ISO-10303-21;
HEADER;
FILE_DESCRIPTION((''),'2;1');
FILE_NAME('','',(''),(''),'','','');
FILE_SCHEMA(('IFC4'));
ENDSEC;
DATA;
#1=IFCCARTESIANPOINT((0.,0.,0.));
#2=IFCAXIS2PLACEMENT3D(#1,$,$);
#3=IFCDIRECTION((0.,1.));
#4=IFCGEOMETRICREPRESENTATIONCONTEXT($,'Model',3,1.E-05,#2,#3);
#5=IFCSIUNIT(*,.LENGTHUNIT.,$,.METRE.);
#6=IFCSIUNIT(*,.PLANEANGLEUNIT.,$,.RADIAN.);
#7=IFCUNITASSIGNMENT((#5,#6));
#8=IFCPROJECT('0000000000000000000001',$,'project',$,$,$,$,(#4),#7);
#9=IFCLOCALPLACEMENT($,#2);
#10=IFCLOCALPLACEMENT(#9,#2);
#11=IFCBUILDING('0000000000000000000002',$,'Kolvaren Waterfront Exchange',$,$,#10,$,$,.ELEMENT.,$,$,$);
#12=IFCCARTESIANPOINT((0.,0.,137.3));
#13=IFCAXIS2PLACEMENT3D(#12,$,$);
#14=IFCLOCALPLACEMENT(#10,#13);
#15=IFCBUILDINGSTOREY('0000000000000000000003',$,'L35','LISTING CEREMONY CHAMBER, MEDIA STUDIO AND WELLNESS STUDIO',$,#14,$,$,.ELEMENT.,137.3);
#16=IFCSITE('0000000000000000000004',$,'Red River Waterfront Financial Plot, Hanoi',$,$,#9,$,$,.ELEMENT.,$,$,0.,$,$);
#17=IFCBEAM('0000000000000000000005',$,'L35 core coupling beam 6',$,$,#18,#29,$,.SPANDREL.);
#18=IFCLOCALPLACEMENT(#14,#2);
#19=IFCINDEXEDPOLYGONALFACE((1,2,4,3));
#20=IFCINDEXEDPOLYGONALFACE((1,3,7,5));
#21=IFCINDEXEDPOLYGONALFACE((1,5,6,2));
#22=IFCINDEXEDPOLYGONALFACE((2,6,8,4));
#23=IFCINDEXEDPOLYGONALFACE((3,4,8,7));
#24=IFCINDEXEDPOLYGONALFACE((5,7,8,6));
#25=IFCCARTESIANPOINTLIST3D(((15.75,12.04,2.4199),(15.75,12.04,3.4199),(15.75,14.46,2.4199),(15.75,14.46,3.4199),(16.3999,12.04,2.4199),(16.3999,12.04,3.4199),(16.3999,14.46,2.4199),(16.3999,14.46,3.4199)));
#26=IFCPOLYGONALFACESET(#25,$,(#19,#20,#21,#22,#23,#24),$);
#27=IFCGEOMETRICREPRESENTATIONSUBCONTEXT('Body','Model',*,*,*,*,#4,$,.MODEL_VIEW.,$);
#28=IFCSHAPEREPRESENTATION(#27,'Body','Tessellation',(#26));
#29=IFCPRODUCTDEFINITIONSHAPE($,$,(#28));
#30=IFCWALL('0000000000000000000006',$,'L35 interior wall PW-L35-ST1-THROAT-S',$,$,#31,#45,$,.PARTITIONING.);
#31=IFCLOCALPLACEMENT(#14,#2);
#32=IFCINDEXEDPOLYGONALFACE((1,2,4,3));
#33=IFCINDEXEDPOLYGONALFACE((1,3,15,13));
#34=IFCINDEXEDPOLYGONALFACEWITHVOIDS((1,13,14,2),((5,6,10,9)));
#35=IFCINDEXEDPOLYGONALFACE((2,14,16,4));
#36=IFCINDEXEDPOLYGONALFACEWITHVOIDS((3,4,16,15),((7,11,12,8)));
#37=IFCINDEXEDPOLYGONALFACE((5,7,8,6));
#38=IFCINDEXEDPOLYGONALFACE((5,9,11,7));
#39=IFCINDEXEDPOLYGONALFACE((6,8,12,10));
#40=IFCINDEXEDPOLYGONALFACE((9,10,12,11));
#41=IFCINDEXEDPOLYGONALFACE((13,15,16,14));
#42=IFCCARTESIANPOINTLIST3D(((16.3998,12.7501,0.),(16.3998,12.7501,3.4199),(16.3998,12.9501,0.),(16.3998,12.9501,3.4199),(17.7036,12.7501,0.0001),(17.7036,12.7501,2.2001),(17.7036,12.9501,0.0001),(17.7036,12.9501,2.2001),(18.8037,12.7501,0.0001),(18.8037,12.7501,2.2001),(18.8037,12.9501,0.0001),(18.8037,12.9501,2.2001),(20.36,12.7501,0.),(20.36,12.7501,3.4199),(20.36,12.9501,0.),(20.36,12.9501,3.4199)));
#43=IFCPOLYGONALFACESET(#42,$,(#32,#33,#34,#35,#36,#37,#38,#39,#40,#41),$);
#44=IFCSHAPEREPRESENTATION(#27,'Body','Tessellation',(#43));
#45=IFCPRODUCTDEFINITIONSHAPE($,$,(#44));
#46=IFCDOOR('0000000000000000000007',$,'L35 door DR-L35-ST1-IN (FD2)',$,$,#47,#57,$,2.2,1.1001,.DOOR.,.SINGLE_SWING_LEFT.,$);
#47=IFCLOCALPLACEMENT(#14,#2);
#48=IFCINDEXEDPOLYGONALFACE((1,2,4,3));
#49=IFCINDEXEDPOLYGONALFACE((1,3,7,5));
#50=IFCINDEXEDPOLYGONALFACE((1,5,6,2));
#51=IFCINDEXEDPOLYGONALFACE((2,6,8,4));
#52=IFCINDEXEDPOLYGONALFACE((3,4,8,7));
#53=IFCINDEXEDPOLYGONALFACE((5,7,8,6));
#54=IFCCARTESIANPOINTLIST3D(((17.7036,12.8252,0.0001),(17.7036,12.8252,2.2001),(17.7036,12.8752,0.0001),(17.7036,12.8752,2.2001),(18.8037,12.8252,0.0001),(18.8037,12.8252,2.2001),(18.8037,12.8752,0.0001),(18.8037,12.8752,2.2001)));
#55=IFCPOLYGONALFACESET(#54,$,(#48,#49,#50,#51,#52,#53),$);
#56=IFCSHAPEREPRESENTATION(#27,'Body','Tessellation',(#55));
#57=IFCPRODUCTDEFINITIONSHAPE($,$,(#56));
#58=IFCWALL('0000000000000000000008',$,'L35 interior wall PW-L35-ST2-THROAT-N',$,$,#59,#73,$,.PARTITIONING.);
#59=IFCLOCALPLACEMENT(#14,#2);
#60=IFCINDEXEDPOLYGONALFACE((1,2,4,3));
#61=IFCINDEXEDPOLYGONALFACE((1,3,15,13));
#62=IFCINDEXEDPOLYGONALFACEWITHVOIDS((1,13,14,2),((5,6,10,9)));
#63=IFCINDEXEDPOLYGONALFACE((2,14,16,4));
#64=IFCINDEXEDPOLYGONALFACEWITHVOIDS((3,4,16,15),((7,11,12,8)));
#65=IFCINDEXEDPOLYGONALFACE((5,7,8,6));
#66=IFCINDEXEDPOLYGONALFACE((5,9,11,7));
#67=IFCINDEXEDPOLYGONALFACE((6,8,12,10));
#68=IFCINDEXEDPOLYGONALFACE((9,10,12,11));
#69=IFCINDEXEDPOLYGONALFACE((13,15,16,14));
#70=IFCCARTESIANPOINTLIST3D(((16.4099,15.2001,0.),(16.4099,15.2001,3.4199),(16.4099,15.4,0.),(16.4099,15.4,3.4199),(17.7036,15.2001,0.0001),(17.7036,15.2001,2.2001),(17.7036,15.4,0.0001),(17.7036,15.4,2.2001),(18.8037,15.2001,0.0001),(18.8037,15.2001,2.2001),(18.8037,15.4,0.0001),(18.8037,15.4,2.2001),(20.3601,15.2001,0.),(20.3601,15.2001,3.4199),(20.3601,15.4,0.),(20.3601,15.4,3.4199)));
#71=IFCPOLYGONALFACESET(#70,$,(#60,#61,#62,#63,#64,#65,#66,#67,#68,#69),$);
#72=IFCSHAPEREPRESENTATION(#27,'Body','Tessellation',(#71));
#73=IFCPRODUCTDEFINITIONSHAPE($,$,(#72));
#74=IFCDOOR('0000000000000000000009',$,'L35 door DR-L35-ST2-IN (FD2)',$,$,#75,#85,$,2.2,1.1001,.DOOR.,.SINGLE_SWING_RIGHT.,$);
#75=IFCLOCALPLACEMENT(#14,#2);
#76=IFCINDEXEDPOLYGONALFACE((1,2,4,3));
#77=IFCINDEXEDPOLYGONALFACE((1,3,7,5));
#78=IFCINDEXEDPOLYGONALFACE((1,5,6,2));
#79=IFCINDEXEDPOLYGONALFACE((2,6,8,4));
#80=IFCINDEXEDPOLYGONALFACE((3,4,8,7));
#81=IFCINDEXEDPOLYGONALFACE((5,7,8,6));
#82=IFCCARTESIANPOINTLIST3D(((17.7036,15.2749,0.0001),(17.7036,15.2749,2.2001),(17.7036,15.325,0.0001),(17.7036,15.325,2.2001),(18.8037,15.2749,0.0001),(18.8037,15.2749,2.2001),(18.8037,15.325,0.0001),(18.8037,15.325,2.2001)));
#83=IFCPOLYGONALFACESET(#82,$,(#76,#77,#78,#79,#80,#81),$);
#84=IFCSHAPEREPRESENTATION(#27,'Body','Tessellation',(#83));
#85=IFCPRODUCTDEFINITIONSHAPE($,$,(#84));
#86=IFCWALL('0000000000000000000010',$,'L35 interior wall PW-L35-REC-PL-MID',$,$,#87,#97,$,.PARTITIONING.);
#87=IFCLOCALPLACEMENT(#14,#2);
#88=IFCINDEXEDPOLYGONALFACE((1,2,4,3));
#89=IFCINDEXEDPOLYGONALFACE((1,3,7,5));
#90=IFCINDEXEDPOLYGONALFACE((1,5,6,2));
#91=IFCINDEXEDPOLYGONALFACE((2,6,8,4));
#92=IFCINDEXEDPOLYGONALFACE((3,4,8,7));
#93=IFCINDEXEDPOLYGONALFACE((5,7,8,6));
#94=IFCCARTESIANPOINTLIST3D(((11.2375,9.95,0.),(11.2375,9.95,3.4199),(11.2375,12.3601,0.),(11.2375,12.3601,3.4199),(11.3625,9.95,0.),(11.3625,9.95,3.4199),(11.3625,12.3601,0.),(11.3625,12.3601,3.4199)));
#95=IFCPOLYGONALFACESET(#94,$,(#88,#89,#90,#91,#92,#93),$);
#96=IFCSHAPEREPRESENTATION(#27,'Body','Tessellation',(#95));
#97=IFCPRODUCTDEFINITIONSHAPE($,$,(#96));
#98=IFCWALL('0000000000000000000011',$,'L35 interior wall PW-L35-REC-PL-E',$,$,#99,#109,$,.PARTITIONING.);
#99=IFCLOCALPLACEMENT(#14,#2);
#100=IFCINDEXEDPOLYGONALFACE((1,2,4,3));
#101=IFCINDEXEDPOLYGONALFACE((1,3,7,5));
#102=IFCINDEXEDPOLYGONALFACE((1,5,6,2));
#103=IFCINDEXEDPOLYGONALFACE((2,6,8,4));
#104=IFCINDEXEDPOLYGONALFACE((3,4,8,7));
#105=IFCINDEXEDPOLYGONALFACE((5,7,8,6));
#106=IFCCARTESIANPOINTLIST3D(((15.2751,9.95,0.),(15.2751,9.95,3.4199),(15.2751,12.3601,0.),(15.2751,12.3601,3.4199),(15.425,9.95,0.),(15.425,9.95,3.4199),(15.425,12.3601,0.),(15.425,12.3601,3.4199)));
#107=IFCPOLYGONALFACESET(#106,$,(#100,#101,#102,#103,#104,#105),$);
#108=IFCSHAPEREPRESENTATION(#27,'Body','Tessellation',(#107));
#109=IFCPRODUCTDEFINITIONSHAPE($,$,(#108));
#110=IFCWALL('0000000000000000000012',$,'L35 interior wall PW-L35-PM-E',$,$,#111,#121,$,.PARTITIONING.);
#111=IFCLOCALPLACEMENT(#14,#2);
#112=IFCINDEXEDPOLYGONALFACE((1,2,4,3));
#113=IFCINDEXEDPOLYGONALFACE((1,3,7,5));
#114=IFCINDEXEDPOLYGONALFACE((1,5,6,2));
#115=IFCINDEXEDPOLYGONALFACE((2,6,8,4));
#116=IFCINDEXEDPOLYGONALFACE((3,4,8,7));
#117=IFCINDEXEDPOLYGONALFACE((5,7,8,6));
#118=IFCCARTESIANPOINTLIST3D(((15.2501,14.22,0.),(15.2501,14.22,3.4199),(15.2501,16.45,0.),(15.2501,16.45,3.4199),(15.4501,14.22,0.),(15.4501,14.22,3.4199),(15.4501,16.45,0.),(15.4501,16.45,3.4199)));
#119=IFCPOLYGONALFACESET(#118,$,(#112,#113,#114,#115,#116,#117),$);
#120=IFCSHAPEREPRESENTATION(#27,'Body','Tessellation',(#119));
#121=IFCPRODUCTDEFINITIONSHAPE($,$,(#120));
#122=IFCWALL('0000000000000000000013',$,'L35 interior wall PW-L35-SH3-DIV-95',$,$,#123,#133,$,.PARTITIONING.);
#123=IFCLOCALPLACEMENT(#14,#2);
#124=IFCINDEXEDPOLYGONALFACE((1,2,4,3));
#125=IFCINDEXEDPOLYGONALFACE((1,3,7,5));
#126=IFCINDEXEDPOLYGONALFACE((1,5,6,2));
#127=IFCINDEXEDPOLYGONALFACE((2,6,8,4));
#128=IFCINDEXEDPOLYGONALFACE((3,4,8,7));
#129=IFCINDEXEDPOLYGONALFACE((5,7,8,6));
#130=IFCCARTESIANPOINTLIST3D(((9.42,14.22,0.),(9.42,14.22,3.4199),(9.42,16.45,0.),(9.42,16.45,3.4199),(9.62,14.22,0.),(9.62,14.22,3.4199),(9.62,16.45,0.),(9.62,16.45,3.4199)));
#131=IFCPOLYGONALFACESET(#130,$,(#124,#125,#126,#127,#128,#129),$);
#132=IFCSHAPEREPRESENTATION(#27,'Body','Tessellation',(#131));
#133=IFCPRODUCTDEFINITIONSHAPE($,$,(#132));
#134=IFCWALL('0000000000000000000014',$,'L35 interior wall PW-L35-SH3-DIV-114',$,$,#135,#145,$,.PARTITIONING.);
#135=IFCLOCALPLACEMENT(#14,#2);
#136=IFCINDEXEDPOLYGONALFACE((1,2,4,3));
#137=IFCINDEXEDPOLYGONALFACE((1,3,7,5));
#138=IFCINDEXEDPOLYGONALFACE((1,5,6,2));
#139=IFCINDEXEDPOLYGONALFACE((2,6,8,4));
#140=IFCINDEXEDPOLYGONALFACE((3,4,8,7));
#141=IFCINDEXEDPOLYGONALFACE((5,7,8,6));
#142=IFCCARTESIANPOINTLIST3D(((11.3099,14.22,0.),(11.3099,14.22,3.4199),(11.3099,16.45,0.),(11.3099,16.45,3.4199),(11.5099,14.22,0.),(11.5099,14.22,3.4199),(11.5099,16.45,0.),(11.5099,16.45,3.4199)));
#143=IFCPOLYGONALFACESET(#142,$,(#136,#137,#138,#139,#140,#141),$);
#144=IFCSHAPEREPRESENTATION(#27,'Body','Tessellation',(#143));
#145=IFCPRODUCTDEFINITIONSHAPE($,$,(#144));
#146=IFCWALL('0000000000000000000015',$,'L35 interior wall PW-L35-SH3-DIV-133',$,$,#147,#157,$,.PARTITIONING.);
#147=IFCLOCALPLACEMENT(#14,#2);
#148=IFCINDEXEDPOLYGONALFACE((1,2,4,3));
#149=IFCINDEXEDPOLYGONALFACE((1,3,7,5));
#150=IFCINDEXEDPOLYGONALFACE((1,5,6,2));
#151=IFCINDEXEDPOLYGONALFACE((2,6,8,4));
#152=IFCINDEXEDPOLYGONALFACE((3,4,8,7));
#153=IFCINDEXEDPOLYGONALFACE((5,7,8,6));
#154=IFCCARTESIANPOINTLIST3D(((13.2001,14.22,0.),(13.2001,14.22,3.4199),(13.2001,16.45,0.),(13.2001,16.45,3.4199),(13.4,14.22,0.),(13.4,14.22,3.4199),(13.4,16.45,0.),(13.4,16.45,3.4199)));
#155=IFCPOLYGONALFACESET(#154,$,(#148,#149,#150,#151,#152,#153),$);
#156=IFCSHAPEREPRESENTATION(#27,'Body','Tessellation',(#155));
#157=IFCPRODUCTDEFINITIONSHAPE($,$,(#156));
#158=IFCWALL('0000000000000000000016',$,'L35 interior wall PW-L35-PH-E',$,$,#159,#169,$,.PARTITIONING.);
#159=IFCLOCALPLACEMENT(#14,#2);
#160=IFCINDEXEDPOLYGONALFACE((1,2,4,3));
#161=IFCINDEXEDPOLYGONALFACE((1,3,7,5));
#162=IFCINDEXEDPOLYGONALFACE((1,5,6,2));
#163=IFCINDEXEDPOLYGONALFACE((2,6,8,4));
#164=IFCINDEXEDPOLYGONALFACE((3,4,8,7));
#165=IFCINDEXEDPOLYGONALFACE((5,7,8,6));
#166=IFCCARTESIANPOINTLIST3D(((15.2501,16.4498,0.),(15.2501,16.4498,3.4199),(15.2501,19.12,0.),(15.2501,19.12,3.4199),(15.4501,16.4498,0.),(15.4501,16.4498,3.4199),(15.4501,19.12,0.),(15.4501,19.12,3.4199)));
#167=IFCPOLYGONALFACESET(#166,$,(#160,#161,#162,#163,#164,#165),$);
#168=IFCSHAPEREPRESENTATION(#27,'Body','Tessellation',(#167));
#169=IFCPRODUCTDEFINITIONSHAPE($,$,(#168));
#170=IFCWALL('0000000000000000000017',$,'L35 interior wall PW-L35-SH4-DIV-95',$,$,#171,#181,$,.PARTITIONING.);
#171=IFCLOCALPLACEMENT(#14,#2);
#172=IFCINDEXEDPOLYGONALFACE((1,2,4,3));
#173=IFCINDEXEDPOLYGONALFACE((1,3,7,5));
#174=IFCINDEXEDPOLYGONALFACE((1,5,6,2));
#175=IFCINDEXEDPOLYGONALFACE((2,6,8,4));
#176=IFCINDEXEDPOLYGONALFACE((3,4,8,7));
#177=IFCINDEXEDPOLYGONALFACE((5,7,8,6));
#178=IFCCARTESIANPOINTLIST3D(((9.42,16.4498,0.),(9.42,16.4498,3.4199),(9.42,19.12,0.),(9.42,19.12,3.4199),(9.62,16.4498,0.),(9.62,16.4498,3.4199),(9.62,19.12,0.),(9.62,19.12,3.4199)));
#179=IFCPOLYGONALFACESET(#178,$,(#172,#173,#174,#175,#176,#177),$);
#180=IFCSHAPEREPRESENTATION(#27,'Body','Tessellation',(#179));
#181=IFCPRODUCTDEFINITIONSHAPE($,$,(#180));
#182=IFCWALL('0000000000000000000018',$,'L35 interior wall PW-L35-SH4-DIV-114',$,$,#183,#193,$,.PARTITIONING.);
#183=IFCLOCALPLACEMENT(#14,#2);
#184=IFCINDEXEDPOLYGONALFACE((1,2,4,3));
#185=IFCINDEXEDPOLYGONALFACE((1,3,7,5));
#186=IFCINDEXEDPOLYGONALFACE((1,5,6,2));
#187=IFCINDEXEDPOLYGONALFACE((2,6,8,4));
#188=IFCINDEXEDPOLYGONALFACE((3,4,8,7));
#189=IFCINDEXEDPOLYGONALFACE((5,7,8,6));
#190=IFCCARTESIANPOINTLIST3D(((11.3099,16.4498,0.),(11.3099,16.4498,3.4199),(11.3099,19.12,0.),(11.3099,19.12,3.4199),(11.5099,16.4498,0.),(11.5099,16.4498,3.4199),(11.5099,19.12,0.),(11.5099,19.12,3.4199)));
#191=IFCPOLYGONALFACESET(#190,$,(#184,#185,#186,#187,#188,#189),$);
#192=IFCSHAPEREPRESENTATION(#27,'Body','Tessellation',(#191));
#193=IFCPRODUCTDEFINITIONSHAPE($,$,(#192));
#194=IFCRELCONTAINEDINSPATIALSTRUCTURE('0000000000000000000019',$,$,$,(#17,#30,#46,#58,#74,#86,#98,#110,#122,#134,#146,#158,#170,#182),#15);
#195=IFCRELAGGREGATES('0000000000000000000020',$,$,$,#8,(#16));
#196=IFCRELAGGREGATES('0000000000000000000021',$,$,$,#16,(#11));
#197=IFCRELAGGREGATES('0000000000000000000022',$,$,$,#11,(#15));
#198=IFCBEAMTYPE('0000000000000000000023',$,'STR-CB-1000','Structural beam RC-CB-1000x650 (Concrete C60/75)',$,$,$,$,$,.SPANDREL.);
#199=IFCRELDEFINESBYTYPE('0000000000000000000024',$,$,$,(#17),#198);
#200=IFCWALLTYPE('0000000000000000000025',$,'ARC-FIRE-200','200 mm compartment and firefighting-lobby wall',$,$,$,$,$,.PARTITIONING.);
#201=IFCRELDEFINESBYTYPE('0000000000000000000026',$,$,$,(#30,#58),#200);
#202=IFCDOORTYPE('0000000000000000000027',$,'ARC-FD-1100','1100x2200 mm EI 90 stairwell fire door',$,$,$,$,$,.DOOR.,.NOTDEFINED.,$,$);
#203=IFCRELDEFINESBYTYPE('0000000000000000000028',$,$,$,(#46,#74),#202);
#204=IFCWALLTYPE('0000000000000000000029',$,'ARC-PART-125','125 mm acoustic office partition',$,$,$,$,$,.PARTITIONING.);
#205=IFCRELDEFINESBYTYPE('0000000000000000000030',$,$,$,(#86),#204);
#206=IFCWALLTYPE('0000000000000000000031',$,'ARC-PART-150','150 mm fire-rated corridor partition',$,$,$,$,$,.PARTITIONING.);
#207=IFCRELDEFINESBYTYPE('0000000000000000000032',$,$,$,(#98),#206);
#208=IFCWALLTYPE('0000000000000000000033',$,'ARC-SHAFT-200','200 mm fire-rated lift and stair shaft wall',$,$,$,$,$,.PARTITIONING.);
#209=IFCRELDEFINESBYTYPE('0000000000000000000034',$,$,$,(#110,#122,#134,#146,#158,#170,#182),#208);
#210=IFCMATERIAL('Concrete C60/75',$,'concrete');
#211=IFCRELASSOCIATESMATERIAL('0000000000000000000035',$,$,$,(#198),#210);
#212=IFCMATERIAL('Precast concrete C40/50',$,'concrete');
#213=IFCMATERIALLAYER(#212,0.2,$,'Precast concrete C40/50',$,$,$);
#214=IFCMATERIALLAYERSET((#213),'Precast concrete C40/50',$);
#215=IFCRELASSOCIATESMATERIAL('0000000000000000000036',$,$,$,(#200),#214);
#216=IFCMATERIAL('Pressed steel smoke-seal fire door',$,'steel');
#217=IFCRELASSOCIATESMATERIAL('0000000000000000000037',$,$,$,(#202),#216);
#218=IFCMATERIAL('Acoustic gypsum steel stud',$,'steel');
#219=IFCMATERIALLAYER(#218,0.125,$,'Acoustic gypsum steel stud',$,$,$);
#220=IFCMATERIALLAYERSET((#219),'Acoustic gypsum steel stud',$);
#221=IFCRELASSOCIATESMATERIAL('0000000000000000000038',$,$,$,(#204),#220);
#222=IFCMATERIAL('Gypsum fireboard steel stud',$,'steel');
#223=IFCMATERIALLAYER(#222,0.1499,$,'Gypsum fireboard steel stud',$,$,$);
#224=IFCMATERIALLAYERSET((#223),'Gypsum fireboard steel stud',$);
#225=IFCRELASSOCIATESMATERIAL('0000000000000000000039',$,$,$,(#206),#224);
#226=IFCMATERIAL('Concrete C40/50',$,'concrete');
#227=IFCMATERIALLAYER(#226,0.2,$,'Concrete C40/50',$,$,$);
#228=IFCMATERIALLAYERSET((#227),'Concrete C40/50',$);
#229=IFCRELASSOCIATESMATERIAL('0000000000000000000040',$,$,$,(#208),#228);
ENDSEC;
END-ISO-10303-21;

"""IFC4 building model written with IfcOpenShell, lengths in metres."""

from ifc_helpers import new_model, si_unit, direction, frame, frame_2d, origin, origin_2d, place, context, subcontext, project, spatial, rectangle, extrude, material, layer, layer_set, material_profile, profile_set, type_object, element, fill, save


model = new_model("IFC4")

# Units and contexts
model_context = context("Model", 3, precision=1e-05, world=origin(), true_north=direction((0.0, 1.0)))
body_context = subcontext(model_context, "Body", "Model", "MODEL_VIEW")
ifc_project = project(units=[si_unit("LENGTHUNIT", "METRE"), si_unit("PLANEANGLEUNIT", "RADIAN")], contexts=[model_context])

# Site, building, storey
site_placement = place(None, origin())
site = spatial("IfcSite", under=ifc_project, at=site_placement, Name="Red River Waterfront Financial Plot, Hanoi", CompositionType="ELEMENT", RefElevation=0.0)
building_placement = place(site_placement, origin())
building = spatial("IfcBuilding", under=site, at=building_placement, Name="Kolvaren Waterfront Exchange", CompositionType="ELEMENT")
storey_placement = place(building_placement, frame((0.0, 0.0, 137.3)))
storey = spatial("IfcBuildingStorey", under=building, at=storey_placement, Name="L35", Description="LISTING CEREMONY CHAMBER, MEDIA STUDIO AND WELLNESS STUDIO", CompositionType="ELEMENT", Elevation=137.3)

# Beam
ifc_material_1 = material(Name="Concrete C60/75", Category="concrete")
ifc_material_profile = material_profile(ifc_material_1, rectangle(XDim=0.6499, YDim=1.0, at=origin_2d()), Name="RC-CB-1000x650")
ifc_profile_set = profile_set([ifc_material_profile], Name="Concrete C60/75")
beam_type = type_object("IfcBeamType", Name="STR-CB-1000", Description="Structural beam RC-CB-1000x650 (Concrete C60/75)", PredefinedType="SPANDREL", material=ifc_profile_set)
beam_placement = place(storey_placement, frame((16.075, 12.04, 2.9199), z_axis=(0.0, 1.0, 0.0), x_axis=(-1.0, 0.0, 0.0)))
element("IfcBeam", 1, at=beam_placement, inside=storey, type_object=beam_type, Name="L35 core coupling beam 6", PredefinedType="SPANDREL", context=body_context, shape_type="SweptSolid", body=[
    extrude(rectangle(XDim=0.6499, YDim=1.0, at=origin_2d()), origin(), (0.0, 0.0, 1.0), 2.4199),
])

# Walls, openings, doors
ifc_material_2 = material(Name="Precast concrete C40/50", Category="concrete")
ifc_layer_1 = layer(ifc_material_2, 0.2, Name="Precast concrete C40/50")
ifc_layer_set_1 = layer_set([ifc_layer_1], Name="Precast concrete C40/50")
wall_type_1 = type_object("IfcWallType", Name="ARC-FIRE-200", Description="200 mm compartment and firefighting-lobby wall", PredefinedType="PARTITIONING", material=ifc_layer_set_1)
wall_1_placement = place(storey_placement, frame((16.3999, 12.8501, 0.0), z_axis=(0.0, 0.0, 1.0), x_axis=(1.0, 0.0, 0.0)))
wall_1 = element("IfcWall", 2, at=wall_1_placement, inside=storey, type_object=wall_type_1, Name="L35 interior wall PW-L35-ST1-THROAT-S", PredefinedType="PARTITIONING", context=body_context, shape_type="SweptSolid", body=[
    extrude(rectangle(XDim=3.9602, YDim=0.2, at=frame_2d((1.98, 0.0))), origin(), (0.0, 0.0, 1.0), 3.4199),
])
opening_1_placement = place(wall_1_placement, frame((1.3037, 0.0, 0.0)))
opening_1 = element("IfcOpeningElement", 3, at=opening_1_placement, cuts=wall_1, PredefinedType="OPENING", context=body_context, shape_type="SweptSolid", body=[
    extrude(rectangle(XDim=1.1001, YDim=2.2, at=frame_2d((0.55, 1.1001))), frame((0.0, 0.1099, 0.0), z_axis=(0.0, -1.0, 0.0), x_axis=(1.0, 0.0, 0.0)), (0.0, 0.0, 1.0), 0.22),
])
ifc_material_3 = material(Name="Pressed steel smoke-seal fire door", Category="steel")
door_type = type_object("IfcDoorType", Name="ARC-FD-1100", Description="1100x2200 mm EI 90 stairwell fire door", OperationType="NOTDEFINED", PredefinedType="DOOR", material=ifc_material_3)
door_1_placement = place(opening_1_placement, frame((1.1001, 0.0, 0.0), z_axis=(0.0, 0.0, 1.0), x_axis=(-1.0, 0.0, 0.0)))
door_1 = element("IfcDoor", 4, at=door_1_placement, inside=storey, type_object=door_type, Name="L35 door DR-L35-ST1-IN (FD2)", OperationType="SINGLE_SWING_LEFT", OverallHeight=2.2, OverallWidth=1.1001, PredefinedType="DOOR", context=body_context, shape_type="SweptSolid", body=[
    extrude(rectangle(XDim=1.1001, YDim=2.2, at=frame_2d((0.55, 1.1001))), frame((0.0, 0.0249, 0.0), z_axis=(0.0, -1.0, 0.0), x_axis=(1.0, 0.0, 0.0)), (0.0, 0.0, 1.0), 0.05),
])
fill(opening_1, door_1)
wall_2_placement = place(storey_placement, frame((16.4099, 15.3, 0.0), z_axis=(0.0, 0.0, 1.0), x_axis=(1.0, 0.0, 0.0)))
wall_2 = element("IfcWall", 5, at=wall_2_placement, inside=storey, type_object=wall_type_1, Name="L35 interior wall PW-L35-ST2-THROAT-N", PredefinedType="PARTITIONING", context=body_context, shape_type="SweptSolid", body=[
    extrude(rectangle(XDim=3.9502, YDim=0.2, at=frame_2d((1.9751, 0.0))), origin(), (0.0, 0.0, 1.0), 3.4199),
])
opening_2_placement = place(wall_2_placement, frame((1.2937, 0.0, 0.0)))
opening_2 = element("IfcOpeningElement", 6, at=opening_2_placement, cuts=wall_2, PredefinedType="OPENING", context=body_context, shape_type="SweptSolid", body=[
    extrude(rectangle(XDim=1.1001, YDim=2.2, at=frame_2d((0.55, 1.1001))), frame((0.0, 0.1099, 0.0), z_axis=(0.0, -1.0, 0.0), x_axis=(1.0, 0.0, 0.0)), (0.0, 0.0, 1.0), 0.22),
])
door_2_placement = place(opening_2_placement, origin())
door_2 = element("IfcDoor", 7, at=door_2_placement, inside=storey, type_object=door_type, Name="L35 door DR-L35-ST2-IN (FD2)", OperationType="SINGLE_SWING_RIGHT", OverallHeight=2.2, OverallWidth=1.1001, PredefinedType="DOOR", context=body_context, shape_type="SweptSolid", body=[
    extrude(rectangle(XDim=1.1001, YDim=2.2, at=frame_2d((0.55, 1.1001))), frame((0.0, 0.0249, 0.0), z_axis=(0.0, -1.0, 0.0), x_axis=(1.0, 0.0, 0.0)), (0.0, 0.0, 1.0), 0.05),
])
fill(opening_2, door_2)

# Walls
ifc_material_4 = material(Name="Acoustic gypsum steel stud", Category="steel")
ifc_layer_2 = layer(ifc_material_4, 0.125, Name="Acoustic gypsum steel stud")
ifc_layer_set_2 = layer_set([ifc_layer_2], Name="Acoustic gypsum steel stud")
wall_type_2 = type_object("IfcWallType", Name="ARC-PART-125", Description="125 mm acoustic office partition", PredefinedType="PARTITIONING", material=ifc_layer_set_2)
wall_3_placement = place(storey_placement, frame((11.3, 9.95, 0.0), z_axis=(0.0, 0.0, 1.0), x_axis=(0.0, 1.0, 0.0)))
element("IfcWall", 8, at=wall_3_placement, inside=storey, type_object=wall_type_2, Name="L35 interior wall PW-L35-REC-PL-MID", PredefinedType="PARTITIONING", context=body_context, shape_type="SweptSolid", body=[
    extrude(rectangle(XDim=2.4102, YDim=0.125, at=frame_2d((1.2051, 0.0))), origin(), (0.0, 0.0, 1.0), 3.4199),
])
ifc_material_5 = material(Name="Gypsum fireboard steel stud", Category="steel")
ifc_layer_3 = layer(ifc_material_5, 0.1499, Name="Gypsum fireboard steel stud")
ifc_layer_set_3 = layer_set([ifc_layer_3], Name="Gypsum fireboard steel stud")
wall_type_3 = type_object("IfcWallType", Name="ARC-PART-150", Description="150 mm fire-rated corridor partition", PredefinedType="PARTITIONING", material=ifc_layer_set_3)
wall_4_placement = place(storey_placement, frame((15.3501, 9.95, 0.0), z_axis=(0.0, 0.0, 1.0), x_axis=(0.0, 1.0, 0.0)))
element("IfcWall", 9, at=wall_4_placement, inside=storey, type_object=wall_type_3, Name="L35 interior wall PW-L35-REC-PL-E", PredefinedType="PARTITIONING", context=body_context, shape_type="SweptSolid", body=[
    extrude(rectangle(XDim=2.4102, YDim=0.1499, at=frame_2d((1.2051, 0.0))), origin(), (0.0, 0.0, 1.0), 3.4199),
])
ifc_material_6 = material(Name="Concrete C40/50", Category="concrete")
ifc_layer_4 = layer(ifc_material_6, 0.2, Name="Concrete C40/50")
ifc_layer_set_4 = layer_set([ifc_layer_4], Name="Concrete C40/50")
wall_type_4 = type_object("IfcWallType", Name="ARC-SHAFT-200", Description="200 mm fire-rated lift and stair shaft wall", PredefinedType="PARTITIONING", material=ifc_layer_set_4)
for number, where, z_axis, x_axis, name in (
    (10, (15.3501, 14.22, 0.0), (0.0, 0.0, 1.0), (0.0, 1.0, 0.0), "L35 interior wall PW-L35-PM-E"),
    (11, (9.52, 14.22, 0.0), (0.0, 0.0, 1.0), (0.0, 1.0, 0.0), "L35 interior wall PW-L35-SH3-DIV-95"),
    (12, (11.4099, 14.22, 0.0), (0.0, 0.0, 1.0), (0.0, 1.0, 0.0), "L35 interior wall PW-L35-SH3-DIV-114"),
    (13, (13.3, 14.22, 0.0), (0.0, 0.0, 1.0), (0.0, 1.0, 0.0), "L35 interior wall PW-L35-SH3-DIV-133"),
):
    element("IfcWall", number, at=place(storey_placement, frame(where, z_axis=z_axis, x_axis=x_axis)), inside=storey, type_object=wall_type_4, Name=name, PredefinedType="PARTITIONING", context=body_context, shape_type="SweptSolid", body=[
        extrude(rectangle(XDim=2.23, YDim=0.2, at=frame_2d((1.115, 0.0))), origin(), (0.0, 0.0, 1.0), 3.4199),
    ])
for number, where, z_axis, x_axis, name in (
    (14, (15.3501, 16.45, 0.0), (0.0, 0.0, 1.0), (0.0, 1.0, 0.0), "L35 interior wall PW-L35-PH-E"),
    (15, (9.52, 16.45, 0.0), (0.0, 0.0, 1.0), (0.0, 1.0, 0.0), "L35 interior wall PW-L35-SH4-DIV-95"),
    (16, (11.4099, 16.45, 0.0), (0.0, 0.0, 1.0), (0.0, 1.0, 0.0), "L35 interior wall PW-L35-SH4-DIV-114"),
):
    element("IfcWall", number, at=place(storey_placement, frame(where, z_axis=z_axis, x_axis=x_axis)), inside=storey, type_object=wall_type_4, Name=name, PredefinedType="PARTITIONING", context=body_context, shape_type="SweptSolid", body=[
        extrude(rectangle(XDim=2.6702, YDim=0.2, at=frame_2d((1.335, 0.0))), origin(), (0.0, 0.0, 1.0), 3.4199),
    ])

save(model, "model.ifc")
